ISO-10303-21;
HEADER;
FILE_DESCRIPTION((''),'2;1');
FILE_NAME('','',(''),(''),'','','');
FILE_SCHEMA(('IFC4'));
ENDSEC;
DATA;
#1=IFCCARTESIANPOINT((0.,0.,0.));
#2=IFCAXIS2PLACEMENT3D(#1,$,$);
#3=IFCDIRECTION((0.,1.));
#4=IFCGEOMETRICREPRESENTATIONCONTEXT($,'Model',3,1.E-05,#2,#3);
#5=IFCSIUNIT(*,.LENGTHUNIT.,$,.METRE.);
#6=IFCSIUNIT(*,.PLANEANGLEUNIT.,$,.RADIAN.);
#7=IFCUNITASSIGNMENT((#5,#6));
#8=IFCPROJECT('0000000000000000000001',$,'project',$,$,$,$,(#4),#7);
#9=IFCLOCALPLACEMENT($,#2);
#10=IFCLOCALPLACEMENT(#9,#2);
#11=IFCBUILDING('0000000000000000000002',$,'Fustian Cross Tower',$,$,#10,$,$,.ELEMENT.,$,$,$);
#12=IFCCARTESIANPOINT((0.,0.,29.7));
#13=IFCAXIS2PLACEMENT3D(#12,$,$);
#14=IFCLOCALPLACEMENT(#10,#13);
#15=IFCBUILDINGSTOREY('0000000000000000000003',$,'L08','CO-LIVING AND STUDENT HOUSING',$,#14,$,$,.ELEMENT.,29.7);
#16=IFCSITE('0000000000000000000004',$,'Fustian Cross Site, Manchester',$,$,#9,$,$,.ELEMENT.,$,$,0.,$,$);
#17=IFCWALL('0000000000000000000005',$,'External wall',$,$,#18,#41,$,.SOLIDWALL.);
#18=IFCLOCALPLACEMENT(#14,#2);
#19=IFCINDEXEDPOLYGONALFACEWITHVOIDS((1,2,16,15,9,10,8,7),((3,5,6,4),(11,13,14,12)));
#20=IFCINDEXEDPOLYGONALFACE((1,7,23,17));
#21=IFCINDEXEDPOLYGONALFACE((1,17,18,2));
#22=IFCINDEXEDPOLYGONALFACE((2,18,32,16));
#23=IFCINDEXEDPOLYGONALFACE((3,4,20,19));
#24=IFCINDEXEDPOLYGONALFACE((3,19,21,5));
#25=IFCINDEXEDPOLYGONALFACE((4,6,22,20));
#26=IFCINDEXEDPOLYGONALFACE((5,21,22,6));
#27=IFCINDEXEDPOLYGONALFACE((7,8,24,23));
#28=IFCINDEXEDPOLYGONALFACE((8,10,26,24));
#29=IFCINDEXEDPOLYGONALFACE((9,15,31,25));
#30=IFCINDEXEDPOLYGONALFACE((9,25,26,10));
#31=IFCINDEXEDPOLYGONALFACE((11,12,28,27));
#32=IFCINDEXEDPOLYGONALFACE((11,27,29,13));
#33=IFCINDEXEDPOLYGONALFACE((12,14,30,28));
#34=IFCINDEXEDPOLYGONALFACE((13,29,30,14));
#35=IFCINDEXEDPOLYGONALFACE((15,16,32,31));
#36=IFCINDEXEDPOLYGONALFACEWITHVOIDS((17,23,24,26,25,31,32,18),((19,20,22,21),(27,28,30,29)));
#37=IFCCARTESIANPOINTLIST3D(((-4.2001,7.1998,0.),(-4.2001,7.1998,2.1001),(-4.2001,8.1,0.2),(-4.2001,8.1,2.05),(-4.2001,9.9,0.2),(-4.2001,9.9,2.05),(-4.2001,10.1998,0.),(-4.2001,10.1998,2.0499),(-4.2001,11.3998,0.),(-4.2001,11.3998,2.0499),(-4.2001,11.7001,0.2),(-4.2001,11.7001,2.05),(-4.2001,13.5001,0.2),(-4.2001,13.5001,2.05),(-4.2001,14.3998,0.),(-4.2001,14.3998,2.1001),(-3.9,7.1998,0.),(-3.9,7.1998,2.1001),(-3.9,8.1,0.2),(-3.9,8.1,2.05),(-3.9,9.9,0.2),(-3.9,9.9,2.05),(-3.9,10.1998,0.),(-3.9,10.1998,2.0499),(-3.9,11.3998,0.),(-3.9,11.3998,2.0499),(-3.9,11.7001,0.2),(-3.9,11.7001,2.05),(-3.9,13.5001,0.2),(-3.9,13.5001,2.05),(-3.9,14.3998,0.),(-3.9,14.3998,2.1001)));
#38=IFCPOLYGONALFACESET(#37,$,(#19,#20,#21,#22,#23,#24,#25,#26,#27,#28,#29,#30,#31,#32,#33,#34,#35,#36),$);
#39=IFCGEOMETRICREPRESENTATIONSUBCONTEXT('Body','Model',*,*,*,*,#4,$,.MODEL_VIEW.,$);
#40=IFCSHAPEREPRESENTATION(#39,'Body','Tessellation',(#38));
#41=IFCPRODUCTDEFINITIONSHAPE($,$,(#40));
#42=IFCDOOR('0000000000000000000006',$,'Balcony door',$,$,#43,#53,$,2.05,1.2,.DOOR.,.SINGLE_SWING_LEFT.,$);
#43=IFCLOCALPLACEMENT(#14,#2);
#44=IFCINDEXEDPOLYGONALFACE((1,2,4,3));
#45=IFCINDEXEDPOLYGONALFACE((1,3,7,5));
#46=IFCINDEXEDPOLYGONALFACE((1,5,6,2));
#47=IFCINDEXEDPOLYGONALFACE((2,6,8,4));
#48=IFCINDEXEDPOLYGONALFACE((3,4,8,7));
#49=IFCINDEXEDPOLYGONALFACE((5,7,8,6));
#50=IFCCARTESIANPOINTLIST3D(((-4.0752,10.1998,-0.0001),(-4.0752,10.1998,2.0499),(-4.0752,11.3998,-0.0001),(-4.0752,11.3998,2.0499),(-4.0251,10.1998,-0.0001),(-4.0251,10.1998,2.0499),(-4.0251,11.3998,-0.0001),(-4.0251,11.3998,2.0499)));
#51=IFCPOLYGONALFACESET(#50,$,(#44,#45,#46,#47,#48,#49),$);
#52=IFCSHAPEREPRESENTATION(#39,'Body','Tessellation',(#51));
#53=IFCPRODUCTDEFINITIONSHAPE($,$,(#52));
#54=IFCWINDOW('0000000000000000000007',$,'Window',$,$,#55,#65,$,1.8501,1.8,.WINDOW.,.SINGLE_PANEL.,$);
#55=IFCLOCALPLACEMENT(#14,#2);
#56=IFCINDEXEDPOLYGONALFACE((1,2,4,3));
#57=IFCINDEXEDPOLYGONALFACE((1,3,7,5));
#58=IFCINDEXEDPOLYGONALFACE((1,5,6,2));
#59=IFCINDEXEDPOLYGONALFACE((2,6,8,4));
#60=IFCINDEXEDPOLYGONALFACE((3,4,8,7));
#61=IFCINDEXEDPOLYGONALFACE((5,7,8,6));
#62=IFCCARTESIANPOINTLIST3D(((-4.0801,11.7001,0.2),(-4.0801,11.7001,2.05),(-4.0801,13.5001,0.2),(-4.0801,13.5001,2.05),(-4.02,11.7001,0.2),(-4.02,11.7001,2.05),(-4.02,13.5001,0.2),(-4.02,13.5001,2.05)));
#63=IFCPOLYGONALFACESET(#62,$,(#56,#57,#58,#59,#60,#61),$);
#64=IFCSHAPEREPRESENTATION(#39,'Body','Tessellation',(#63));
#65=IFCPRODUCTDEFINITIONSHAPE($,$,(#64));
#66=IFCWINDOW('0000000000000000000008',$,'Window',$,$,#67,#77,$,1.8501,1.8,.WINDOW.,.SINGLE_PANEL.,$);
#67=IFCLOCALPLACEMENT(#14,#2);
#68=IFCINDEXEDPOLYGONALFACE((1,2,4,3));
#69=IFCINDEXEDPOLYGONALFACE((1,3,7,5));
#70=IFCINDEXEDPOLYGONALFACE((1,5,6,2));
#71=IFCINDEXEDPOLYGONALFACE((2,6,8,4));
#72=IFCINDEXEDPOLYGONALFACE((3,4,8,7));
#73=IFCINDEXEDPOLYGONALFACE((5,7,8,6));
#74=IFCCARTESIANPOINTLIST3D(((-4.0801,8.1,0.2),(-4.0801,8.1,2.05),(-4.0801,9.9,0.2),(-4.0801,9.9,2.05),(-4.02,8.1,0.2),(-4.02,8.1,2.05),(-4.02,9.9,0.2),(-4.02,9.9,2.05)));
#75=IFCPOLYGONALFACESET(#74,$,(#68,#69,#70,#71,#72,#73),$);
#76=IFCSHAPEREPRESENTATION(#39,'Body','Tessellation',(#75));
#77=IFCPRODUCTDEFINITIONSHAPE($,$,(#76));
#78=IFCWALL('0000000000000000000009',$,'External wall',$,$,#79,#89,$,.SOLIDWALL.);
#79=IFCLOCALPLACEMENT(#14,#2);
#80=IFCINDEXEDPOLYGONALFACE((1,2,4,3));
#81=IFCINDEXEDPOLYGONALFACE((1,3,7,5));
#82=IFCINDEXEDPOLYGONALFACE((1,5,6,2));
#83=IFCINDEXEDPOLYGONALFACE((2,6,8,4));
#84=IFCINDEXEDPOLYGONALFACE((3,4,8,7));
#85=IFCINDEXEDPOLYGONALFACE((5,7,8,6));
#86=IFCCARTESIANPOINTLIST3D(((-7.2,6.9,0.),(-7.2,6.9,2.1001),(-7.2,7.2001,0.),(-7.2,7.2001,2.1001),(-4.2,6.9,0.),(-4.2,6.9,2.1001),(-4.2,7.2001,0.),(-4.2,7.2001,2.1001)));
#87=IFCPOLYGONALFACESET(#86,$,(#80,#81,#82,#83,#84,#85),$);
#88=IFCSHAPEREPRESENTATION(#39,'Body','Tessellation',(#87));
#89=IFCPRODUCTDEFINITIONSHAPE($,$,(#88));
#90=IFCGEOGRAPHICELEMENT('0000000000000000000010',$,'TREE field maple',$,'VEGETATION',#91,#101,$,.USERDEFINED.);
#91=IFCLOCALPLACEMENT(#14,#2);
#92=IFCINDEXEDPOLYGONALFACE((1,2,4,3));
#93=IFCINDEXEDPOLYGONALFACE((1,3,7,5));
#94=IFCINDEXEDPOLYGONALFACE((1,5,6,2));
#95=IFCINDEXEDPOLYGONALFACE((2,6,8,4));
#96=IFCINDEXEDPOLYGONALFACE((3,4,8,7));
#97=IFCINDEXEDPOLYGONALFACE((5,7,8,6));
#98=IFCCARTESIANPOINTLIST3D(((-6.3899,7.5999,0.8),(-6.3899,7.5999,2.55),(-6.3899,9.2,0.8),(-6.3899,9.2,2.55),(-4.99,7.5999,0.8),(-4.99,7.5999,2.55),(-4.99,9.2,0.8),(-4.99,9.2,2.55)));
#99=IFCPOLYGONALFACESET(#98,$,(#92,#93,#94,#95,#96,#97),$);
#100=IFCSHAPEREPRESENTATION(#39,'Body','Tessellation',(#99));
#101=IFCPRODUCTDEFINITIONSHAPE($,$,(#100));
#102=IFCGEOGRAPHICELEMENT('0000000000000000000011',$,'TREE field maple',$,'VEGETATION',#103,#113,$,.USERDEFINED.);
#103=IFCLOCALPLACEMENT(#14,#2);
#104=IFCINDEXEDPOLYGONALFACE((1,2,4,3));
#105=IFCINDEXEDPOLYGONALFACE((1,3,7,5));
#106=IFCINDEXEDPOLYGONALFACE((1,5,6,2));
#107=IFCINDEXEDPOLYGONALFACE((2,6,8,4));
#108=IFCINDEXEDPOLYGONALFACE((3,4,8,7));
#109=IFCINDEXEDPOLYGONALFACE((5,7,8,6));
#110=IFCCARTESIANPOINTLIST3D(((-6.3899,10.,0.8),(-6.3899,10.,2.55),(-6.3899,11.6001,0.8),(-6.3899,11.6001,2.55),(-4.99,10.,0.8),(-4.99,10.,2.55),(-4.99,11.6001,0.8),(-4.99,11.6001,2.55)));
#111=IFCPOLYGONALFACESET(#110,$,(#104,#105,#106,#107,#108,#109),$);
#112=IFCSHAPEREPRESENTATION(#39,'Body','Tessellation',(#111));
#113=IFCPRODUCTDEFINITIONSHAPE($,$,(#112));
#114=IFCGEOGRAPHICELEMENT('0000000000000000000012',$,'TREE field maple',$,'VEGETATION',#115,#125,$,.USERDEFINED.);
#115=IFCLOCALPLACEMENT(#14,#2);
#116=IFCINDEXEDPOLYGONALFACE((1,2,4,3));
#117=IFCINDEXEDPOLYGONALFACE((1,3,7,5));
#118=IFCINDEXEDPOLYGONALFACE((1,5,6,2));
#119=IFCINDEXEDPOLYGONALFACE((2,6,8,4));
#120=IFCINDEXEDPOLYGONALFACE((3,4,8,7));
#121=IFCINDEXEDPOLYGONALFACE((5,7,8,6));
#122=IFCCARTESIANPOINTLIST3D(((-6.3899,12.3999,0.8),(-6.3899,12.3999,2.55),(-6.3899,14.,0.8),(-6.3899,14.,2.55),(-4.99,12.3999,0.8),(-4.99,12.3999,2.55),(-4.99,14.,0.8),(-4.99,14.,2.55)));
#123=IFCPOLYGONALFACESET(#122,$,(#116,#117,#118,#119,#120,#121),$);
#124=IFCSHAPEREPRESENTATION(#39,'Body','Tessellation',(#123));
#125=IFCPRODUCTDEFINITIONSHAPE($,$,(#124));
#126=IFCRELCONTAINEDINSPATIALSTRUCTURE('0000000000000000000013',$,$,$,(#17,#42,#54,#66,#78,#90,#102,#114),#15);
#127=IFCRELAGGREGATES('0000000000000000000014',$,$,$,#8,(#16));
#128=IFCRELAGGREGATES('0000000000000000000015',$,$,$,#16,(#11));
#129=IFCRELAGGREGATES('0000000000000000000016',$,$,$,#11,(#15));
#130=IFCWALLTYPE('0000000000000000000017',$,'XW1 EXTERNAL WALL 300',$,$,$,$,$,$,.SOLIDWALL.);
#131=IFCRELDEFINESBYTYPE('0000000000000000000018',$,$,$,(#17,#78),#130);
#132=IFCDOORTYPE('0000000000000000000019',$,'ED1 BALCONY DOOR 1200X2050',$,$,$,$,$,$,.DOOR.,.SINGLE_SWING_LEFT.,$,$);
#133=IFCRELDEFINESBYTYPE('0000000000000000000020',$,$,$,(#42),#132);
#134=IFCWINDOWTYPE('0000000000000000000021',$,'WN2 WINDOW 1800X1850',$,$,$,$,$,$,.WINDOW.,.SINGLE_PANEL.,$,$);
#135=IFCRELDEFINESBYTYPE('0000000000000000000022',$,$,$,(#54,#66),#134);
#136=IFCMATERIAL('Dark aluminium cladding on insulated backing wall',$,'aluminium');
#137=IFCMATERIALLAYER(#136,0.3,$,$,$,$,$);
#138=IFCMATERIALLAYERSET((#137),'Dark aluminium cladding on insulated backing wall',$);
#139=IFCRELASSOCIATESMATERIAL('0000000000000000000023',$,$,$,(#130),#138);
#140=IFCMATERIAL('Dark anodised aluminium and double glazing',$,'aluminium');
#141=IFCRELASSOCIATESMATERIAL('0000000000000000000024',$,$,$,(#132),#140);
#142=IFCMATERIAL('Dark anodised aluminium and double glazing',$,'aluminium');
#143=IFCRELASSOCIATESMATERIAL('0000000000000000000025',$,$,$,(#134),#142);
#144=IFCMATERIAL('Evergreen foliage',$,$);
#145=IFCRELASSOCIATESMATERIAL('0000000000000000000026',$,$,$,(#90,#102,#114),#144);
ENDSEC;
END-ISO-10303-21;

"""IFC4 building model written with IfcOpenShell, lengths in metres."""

from ifc_helpers import new_model, si_unit, direction, frame, frame_2d, origin, origin_2d, place, context, subcontext, project, spatial, rectangle, extrude, material, layer, layer_set, type_object, element, fill, save


model = new_model("IFC4")

# Units and contexts
model_context = context("Model", 3, precision=1e-05, world=origin(), true_north=direction((0.0, 1.0)))
body_context = subcontext(model_context, "Body", "Model", "MODEL_VIEW")
ifc_project = project(units=[si_unit("LENGTHUNIT", "METRE"), si_unit("PLANEANGLEUNIT", "RADIAN")], contexts=[model_context])

# Site, building, storey
site_placement = place(None, origin())
site = spatial("IfcSite", under=ifc_project, at=site_placement, Name="Fustian Cross Site, Manchester", CompositionType="ELEMENT", RefElevation=0.0)
building_placement = place(site_placement, origin())
building = spatial("IfcBuilding", under=site, at=building_placement, Name="Fustian Cross Tower", CompositionType="ELEMENT")
storey_placement = place(building_placement, frame((0.0, 0.0, 29.7)))
storey = spatial("IfcBuildingStorey", under=building, at=storey_placement, Name="L08", Description="CO-LIVING AND STUDENT HOUSING", CompositionType="ELEMENT", Elevation=29.7)

# Shared definitions
ifc_material_1 = material(Name="Dark aluminium cladding on insulated backing wall", Category="aluminium")
ifc_layer_1 = layer(ifc_material_1, 0.3)
ifc_layer_set_1 = layer_set([ifc_layer_1], Name="Dark aluminium cladding on insulated backing wall")
wall_type_1 = type_object("IfcWallType", Name="XW1 EXTERNAL WALL 300", PredefinedType="SOLIDWALL", material=ifc_layer_set_1)

# Wall, openings, door, windows
wall_1_placement = place(storey_placement, frame((-4.05, 14.3999, 0.0), z_axis=(0.0, 0.0, 1.0), x_axis=(0.0, -1.0, 0.0)))
wall_1 = element("IfcWall", 1, at=wall_1_placement, inside=storey, type_object=wall_type_1, Name="External wall", PredefinedType="SOLIDWALL", context=body_context, shape_type="SweptSolid", body=[
    extrude(rectangle(XDim=7.2, YDim=0.3, at=frame_2d((3.6001, 0.0))), origin(), (0.0, 0.0, 1.0), 2.1001),
])
opening_1_placement = place(wall_1_placement, frame((3.0, 0.0, 0.0)))
opening_1 = element("IfcOpeningElement", 2, at=opening_1_placement, cuts=wall_1, PredefinedType="OPENING", context=body_context, shape_type="SweptSolid", body=[
    extrude(rectangle(XDim=1.2, YDim=2.05, at=frame_2d((0.6001, 1.0249))), frame((0.0, 0.1599, 0.0), z_axis=(0.0, -1.0, 0.0), x_axis=(1.0, 0.0, 0.0)), (0.0, 0.0, 1.0), 0.3201),
])
opening_2_placement = place(wall_1_placement, frame((0.8999, 0.0, 0.2)))
opening_2 = element("IfcOpeningElement", 3, at=opening_2_placement, cuts=wall_1, PredefinedType="OPENING", context=body_context, shape_type="SweptSolid", body=[
    extrude(rectangle(XDim=1.8, YDim=1.8501, at=frame_2d((0.8999, 0.925))), frame((0.0, 0.1599, 0.0), z_axis=(0.0, -1.0, 0.0), x_axis=(1.0, 0.0, 0.0)), (0.0, 0.0, 1.0), 0.3201),
])
opening_3_placement = place(wall_1_placement, frame((4.5, 0.0, 0.2)))
opening_3 = element("IfcOpeningElement", 4, at=opening_3_placement, cuts=wall_1, PredefinedType="OPENING", context=body_context, shape_type="SweptSolid", body=[
    extrude(rectangle(XDim=1.8, YDim=1.8501, at=frame_2d((0.8999, 0.925))), frame((0.0, 0.1599, 0.0), z_axis=(0.0, -1.0, 0.0), x_axis=(1.0, 0.0, 0.0)), (0.0, 0.0, 1.0), 0.3201),
])
ifc_material_2 = material(Name="Dark anodised aluminium and double glazing", Category="aluminium")
door_type_1 = type_object("IfcDoorType", Name="ED1 BALCONY DOOR 1200X2050", OperationType="SINGLE_SWING_LEFT", PredefinedType="DOOR", material=ifc_material_2)
door_1_placement = place(opening_1_placement, origin())
door_1 = element("IfcDoor", 5, at=door_1_placement, inside=storey, type_object=door_type_1, Name="Balcony door", OperationType="SINGLE_SWING_LEFT", OverallHeight=2.05, OverallWidth=1.2, PredefinedType="DOOR", context=body_context, shape_type="SweptSolid", body=[
    extrude(rectangle(XDim=1.2, YDim=2.05, at=frame_2d((0.6001, 1.0249))), frame((0.0, 0.0249, 0.0), z_axis=(0.0, -1.0, 0.0), x_axis=(1.0, 0.0, 0.0)), (0.0, 0.0, 1.0), 0.05),
])
fill(opening_1, door_1)
ifc_material_3 = material(Name="Dark anodised aluminium and double glazing", Category="aluminium")
window_type = type_object("IfcWindowType", Name="WN2 WINDOW 1800X1850", PartitioningType="SINGLE_PANEL", PredefinedType="WINDOW", material=ifc_material_3)
window_1_placement = place(opening_2_placement, origin())
window_1 = element("IfcWindow", 6, at=window_1_placement, inside=storey, type_object=window_type, Name="Window", OverallHeight=1.8501, OverallWidth=1.8, PartitioningType="SINGLE_PANEL", PredefinedType="WINDOW", context=body_context, shape_type="SweptSolid", body=[
    extrude(rectangle(XDim=1.8, YDim=1.8501, at=frame_2d((0.8999, 0.925))), frame((0.0, 0.03, 0.0), z_axis=(0.0, -1.0, 0.0), x_axis=(1.0, 0.0, 0.0)), (0.0, 0.0, 1.0), 0.0601),
])
fill(opening_2, window_1)
window_2_placement = place(opening_3_placement, origin())
window_2 = element("IfcWindow", 7, at=window_2_placement, inside=storey, type_object=window_type, Name="Window", OverallHeight=1.8501, OverallWidth=1.8, PartitioningType="SINGLE_PANEL", PredefinedType="WINDOW", context=body_context, shape_type="SweptSolid", body=[
    extrude(rectangle(XDim=1.8, YDim=1.8501, at=frame_2d((0.8999, 0.925))), frame((0.0, 0.03, 0.0), z_axis=(0.0, -1.0, 0.0), x_axis=(1.0, 0.0, 0.0)), (0.0, 0.0, 1.0), 0.0601),
])
fill(opening_3, window_2)

# Wall
wall_2_placement = place(storey_placement, frame((-4.2, 7.05, 0.0), z_axis=(0.0, 0.0, 1.0), x_axis=(-1.0, 0.0, 0.0)))
element("IfcWall", 8, at=wall_2_placement, inside=storey, type_object=wall_type_1, Name="External wall", PredefinedType="SOLIDWALL", context=body_context, shape_type="SweptSolid", body=[
    extrude(rectangle(XDim=3.0, YDim=0.3, at=frame_2d((1.5, 0.0))), origin(), (0.0, 0.0, 1.0), 2.1001),
])

# Geographic elements
ifc_material_4 = material(Name="Evergreen foliage")
for number, where, z_axis, x_axis, name in (
    (9, (-5.6899, 8.3999, 0.8), (0.0, 0.0, 1.0), (1.0, 0.0, 0.0), "TREE field maple"),
    (10, (-5.6899, 10.8, 0.8), (0.0, 0.0, 1.0), (1.0, 0.0, 0.0), "TREE field maple"),
    (11, (-5.6899, 13.2, 0.8), (0.0, 0.0, 1.0), (1.0, 0.0, 0.0), "TREE field maple"),
):
    element("IfcGeographicElement", number, at=place(storey_placement, frame(where, z_axis=z_axis, x_axis=x_axis)), inside=storey, material=ifc_material_4, Name=name, ObjectType="VEGETATION", PredefinedType="USERDEFINED", context=body_context, shape_type="SweptSolid", body=[
        extrude(rectangle(XDim=1.3999, YDim=1.6001, at=origin_2d()), origin(), (0.0, 0.0, 1.0), 1.75),
    ])

save(model, "model.ifc")
